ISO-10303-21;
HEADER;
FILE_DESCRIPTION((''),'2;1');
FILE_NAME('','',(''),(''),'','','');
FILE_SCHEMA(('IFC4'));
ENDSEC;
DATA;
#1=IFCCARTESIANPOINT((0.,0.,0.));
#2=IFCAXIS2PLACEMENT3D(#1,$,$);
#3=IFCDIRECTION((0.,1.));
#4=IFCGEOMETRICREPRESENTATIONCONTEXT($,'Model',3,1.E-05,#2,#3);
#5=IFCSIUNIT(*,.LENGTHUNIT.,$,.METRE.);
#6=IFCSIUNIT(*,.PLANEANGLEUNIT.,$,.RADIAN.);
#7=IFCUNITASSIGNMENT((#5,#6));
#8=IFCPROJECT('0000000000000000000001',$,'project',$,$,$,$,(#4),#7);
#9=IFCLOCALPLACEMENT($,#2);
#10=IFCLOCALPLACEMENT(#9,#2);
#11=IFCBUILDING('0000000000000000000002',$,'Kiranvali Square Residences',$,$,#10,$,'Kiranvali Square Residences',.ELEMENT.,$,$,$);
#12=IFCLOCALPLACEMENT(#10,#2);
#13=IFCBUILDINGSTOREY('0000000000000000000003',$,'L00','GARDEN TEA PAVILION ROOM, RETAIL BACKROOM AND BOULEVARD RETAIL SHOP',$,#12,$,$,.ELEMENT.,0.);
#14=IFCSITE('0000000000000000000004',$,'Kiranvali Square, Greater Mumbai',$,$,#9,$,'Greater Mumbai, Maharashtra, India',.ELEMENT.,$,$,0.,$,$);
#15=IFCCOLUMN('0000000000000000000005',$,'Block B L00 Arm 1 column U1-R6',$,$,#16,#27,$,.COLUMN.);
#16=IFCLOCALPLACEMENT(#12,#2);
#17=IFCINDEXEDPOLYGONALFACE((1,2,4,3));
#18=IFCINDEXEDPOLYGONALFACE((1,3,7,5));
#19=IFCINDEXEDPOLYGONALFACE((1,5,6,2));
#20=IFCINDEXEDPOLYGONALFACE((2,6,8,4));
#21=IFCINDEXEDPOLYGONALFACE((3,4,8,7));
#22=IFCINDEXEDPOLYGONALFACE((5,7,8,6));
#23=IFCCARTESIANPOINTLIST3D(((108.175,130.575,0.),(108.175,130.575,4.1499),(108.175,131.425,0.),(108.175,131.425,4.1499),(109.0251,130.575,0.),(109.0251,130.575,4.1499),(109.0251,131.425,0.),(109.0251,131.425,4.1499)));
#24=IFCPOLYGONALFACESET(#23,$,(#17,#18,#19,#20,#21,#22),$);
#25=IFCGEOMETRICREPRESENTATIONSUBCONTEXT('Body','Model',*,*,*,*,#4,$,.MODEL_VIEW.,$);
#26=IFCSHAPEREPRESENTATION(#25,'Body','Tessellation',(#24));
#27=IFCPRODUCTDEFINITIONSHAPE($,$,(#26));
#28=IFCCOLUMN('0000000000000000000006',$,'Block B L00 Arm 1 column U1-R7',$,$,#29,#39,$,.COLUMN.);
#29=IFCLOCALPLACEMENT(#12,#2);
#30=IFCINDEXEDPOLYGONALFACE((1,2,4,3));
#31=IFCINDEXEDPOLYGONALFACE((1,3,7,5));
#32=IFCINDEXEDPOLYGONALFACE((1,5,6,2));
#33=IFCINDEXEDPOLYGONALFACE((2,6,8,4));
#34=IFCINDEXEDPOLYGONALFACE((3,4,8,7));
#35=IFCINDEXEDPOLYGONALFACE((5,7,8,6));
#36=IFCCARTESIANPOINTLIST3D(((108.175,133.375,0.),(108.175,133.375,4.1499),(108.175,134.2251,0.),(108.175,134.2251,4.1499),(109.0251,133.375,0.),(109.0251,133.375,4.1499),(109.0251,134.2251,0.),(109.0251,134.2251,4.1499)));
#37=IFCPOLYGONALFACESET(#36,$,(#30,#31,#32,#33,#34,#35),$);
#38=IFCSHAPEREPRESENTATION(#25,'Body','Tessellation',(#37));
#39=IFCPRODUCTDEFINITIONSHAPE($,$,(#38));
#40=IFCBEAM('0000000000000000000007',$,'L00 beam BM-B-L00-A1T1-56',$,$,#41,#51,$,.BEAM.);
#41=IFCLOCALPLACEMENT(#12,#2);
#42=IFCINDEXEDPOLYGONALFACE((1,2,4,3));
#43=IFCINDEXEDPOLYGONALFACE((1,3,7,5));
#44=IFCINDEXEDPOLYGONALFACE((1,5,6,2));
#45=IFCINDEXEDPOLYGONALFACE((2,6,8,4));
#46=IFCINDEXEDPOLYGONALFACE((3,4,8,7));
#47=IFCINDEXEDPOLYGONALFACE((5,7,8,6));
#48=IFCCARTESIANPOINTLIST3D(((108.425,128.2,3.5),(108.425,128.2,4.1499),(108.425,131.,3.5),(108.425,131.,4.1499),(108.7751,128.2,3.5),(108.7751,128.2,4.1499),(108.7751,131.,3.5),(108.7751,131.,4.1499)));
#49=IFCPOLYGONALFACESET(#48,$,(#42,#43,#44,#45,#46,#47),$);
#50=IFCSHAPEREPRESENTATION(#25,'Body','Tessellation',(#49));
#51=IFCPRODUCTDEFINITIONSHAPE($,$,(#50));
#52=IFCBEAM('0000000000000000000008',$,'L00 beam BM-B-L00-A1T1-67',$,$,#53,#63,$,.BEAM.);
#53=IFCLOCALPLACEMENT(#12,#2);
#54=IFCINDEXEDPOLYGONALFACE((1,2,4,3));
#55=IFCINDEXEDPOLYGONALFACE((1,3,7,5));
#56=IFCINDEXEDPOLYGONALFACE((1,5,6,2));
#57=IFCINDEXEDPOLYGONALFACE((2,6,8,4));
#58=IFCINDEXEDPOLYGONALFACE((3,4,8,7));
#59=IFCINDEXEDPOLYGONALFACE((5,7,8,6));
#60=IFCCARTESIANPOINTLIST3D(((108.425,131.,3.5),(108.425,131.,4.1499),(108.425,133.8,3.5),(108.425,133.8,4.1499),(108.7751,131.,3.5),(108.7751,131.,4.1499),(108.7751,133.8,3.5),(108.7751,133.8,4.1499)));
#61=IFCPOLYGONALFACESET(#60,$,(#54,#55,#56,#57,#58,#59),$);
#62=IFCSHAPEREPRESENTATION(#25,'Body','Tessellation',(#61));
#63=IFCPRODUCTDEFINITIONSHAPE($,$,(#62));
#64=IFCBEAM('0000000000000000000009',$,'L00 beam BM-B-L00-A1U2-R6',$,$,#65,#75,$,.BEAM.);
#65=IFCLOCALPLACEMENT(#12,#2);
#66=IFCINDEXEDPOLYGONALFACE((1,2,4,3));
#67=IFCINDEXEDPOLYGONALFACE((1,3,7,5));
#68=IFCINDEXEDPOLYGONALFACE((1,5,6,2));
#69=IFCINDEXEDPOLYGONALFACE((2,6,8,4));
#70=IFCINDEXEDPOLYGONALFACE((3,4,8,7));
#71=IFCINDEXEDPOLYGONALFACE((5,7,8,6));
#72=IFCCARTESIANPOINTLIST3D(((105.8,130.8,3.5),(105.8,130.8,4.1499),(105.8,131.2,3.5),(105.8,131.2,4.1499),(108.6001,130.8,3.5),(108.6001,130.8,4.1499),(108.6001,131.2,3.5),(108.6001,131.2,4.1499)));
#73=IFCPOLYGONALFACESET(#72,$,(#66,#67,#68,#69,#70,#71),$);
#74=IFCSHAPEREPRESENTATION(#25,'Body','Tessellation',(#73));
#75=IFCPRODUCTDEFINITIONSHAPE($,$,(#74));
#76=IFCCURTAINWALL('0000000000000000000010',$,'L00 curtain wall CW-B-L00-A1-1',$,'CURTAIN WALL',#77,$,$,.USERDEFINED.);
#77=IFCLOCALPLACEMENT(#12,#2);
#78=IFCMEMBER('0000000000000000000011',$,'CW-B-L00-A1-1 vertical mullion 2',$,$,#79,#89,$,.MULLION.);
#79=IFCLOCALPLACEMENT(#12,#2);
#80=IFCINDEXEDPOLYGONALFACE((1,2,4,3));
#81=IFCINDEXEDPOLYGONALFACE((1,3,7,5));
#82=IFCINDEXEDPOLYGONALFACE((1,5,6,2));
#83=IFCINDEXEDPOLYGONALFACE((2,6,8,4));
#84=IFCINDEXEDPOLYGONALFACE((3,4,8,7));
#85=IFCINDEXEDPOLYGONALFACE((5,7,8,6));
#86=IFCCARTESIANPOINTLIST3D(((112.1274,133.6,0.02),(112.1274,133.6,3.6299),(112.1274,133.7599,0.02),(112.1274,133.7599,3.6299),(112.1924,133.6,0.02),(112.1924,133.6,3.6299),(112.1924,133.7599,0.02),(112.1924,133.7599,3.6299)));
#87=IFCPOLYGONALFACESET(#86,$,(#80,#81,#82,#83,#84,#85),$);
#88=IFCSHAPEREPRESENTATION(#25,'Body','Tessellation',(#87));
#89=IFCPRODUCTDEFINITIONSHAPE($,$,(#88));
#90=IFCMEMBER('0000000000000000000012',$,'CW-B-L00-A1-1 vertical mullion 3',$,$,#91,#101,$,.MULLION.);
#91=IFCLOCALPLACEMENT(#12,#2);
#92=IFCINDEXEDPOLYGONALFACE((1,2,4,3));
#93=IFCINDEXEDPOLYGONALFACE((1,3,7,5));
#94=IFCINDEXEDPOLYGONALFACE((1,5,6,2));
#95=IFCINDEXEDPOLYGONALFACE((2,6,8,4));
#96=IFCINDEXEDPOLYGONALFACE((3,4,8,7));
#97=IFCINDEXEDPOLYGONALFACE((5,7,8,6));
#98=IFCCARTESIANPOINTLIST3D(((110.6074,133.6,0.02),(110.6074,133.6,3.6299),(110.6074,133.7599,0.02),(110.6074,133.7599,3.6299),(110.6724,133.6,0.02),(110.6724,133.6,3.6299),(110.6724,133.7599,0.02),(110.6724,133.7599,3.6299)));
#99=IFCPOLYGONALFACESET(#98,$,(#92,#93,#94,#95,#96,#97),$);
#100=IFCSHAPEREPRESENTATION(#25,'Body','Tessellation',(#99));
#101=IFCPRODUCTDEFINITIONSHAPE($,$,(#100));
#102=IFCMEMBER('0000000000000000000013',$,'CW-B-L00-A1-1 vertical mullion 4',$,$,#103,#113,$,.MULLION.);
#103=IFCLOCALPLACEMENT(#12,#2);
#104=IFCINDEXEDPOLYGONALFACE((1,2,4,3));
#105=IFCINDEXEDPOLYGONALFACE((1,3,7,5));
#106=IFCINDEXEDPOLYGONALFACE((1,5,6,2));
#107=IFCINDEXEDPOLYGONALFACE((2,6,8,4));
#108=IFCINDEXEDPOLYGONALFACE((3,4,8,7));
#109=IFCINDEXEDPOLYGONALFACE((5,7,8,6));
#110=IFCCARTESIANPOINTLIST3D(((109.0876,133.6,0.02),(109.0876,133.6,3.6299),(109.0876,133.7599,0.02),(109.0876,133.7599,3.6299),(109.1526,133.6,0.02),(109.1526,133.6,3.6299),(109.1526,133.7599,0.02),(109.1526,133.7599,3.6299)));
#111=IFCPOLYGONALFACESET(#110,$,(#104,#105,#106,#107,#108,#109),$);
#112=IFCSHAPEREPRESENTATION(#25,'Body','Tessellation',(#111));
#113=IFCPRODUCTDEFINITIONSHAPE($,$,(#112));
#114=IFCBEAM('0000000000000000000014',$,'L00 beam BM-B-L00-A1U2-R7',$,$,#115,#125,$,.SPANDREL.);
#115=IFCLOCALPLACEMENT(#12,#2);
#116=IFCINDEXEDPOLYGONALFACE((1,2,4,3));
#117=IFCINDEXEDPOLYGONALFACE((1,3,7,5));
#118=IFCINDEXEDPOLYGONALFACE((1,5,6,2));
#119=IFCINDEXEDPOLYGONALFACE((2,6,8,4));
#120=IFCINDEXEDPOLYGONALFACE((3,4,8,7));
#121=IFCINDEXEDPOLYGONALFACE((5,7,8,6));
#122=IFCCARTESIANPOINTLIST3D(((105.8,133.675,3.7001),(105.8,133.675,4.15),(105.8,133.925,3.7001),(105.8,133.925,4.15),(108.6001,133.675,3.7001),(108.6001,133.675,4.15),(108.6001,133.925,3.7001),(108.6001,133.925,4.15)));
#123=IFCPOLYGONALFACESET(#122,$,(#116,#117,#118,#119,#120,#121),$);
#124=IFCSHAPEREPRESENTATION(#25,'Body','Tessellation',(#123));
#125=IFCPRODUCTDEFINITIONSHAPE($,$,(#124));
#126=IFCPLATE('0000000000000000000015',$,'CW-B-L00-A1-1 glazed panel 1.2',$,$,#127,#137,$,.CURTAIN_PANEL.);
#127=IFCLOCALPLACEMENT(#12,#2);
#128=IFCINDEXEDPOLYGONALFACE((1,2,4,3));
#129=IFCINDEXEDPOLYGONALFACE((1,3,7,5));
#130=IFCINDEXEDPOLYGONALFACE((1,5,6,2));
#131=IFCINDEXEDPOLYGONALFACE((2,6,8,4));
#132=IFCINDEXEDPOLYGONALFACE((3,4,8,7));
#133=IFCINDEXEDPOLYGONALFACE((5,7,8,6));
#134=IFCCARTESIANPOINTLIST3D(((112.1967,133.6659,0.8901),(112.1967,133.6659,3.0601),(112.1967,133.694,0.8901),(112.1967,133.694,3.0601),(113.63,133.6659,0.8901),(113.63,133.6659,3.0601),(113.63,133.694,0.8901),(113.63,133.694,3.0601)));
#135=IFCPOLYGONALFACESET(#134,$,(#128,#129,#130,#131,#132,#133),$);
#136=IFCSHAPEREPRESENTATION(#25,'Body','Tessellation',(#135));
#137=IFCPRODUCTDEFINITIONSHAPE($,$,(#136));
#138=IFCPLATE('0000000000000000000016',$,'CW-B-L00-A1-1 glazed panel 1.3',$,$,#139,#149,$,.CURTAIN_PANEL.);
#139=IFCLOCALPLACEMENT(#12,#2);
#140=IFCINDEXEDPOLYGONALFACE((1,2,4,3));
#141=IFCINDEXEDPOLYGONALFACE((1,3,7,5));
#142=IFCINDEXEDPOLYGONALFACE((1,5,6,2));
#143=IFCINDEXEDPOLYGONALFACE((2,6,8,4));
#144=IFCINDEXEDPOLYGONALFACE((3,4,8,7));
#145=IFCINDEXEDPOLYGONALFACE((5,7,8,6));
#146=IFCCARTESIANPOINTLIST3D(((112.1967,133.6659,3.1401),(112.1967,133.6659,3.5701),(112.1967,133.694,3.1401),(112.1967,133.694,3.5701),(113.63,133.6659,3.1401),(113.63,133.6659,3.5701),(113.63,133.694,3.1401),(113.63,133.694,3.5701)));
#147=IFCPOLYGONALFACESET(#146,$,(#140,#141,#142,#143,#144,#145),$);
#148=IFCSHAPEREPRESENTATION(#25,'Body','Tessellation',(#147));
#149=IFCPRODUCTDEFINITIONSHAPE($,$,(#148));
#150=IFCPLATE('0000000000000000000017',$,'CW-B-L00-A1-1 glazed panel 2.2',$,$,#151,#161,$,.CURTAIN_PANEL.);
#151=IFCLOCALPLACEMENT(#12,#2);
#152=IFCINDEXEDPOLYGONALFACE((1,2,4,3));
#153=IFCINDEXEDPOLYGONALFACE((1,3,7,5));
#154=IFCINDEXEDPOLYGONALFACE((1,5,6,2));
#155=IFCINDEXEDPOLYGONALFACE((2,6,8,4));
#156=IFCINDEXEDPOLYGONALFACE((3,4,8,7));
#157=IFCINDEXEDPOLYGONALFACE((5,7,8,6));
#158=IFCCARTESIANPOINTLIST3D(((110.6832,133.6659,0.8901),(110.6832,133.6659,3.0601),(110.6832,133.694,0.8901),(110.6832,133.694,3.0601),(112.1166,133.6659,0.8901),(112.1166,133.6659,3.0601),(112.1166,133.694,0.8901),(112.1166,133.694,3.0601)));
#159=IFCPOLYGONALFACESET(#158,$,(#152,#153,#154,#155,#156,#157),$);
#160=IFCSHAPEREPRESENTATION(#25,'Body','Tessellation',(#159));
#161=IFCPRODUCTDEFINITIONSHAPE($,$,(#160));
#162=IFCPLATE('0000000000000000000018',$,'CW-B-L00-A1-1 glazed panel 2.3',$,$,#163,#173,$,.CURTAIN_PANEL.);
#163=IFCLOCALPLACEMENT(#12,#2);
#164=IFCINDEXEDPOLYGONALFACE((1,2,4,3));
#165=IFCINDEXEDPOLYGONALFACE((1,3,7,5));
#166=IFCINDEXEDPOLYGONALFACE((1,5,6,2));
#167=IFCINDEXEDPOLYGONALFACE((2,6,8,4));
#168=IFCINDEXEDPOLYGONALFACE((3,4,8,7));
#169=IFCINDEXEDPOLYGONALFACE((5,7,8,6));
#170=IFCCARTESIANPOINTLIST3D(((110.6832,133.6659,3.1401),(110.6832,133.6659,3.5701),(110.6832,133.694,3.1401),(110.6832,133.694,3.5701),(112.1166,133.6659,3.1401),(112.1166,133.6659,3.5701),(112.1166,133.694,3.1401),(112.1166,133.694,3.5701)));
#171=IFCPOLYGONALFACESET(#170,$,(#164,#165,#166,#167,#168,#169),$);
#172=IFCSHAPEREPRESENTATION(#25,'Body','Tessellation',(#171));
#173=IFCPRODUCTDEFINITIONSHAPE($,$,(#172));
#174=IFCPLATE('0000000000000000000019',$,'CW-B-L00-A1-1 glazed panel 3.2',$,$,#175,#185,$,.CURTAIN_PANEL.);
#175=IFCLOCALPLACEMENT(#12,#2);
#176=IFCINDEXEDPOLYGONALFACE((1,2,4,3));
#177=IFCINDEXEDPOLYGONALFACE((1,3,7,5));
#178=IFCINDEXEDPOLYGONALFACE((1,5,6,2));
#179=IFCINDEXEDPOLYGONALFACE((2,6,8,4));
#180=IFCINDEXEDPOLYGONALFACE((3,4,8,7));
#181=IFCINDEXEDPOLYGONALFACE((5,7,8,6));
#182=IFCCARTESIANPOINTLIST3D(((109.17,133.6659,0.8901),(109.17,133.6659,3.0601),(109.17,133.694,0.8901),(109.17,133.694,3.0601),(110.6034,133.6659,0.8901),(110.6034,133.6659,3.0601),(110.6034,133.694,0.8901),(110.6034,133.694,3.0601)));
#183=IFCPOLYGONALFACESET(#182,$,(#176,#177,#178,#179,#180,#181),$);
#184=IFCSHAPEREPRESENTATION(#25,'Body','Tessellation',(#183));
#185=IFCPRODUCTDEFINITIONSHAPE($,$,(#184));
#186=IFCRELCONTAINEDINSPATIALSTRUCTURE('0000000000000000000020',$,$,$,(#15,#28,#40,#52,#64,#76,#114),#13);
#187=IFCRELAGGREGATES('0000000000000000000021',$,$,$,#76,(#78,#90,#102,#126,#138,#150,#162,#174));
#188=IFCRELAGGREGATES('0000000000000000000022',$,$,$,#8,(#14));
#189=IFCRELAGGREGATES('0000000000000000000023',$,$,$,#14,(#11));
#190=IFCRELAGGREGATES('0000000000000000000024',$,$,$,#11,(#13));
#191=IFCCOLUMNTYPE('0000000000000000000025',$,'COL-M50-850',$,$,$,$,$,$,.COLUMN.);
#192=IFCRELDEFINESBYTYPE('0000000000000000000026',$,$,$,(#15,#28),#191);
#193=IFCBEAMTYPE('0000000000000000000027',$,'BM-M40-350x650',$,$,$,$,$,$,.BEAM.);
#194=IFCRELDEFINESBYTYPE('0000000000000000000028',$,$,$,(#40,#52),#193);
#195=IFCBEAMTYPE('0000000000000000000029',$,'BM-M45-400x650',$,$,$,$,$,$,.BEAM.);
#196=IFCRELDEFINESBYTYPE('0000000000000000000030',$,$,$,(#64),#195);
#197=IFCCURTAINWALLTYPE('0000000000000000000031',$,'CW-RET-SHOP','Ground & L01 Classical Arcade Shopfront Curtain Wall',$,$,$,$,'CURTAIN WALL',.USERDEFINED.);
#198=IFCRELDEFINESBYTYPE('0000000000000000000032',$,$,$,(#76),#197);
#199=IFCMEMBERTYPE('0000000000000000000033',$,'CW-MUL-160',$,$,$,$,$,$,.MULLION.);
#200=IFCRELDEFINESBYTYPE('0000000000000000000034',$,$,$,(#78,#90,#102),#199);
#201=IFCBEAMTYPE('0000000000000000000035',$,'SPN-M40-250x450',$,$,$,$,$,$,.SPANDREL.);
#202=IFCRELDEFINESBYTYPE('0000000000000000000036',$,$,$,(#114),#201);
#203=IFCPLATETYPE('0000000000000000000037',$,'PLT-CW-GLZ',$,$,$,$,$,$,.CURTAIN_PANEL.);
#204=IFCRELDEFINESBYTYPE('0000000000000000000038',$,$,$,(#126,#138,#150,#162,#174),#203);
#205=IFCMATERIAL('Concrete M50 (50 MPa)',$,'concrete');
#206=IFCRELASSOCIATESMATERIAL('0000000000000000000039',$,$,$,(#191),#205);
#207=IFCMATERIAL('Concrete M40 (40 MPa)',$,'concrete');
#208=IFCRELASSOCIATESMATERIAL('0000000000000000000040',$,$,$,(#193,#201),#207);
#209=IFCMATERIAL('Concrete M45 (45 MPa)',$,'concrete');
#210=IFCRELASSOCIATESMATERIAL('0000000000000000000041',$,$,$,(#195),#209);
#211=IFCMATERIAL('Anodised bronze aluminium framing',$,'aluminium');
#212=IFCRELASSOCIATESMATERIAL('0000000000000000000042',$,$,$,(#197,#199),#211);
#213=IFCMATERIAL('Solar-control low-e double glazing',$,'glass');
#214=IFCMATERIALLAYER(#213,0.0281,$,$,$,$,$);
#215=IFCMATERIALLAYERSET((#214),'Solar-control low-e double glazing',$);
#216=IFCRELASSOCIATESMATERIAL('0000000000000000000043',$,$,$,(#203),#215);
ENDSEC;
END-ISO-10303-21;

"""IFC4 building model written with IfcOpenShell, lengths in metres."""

from ifc_helpers import new_model, si_unit, direction, frame, origin, origin_2d, place, context, subcontext, project, spatial, rectangle, extrude, material, layer, layer_set, material_profile, profile_set, type_object, element, aggregate, save


model = new_model("IFC4")

# Units and contexts
model_context = context("Model", 3, precision=1e-05, world=origin(), true_north=direction((0.0, 1.0)))
body_context = subcontext(model_context, "Body", "Model", "MODEL_VIEW")
ifc_project = project(units=[si_unit("LENGTHUNIT", "METRE"), si_unit("PLANEANGLEUNIT", "RADIAN")], contexts=[model_context])

# Site, building, storey
site_placement = place(None, origin())
site = spatial("IfcSite", under=ifc_project, at=site_placement, Name="Kiranvali Square, Greater Mumbai", LongName="Greater Mumbai, Maharashtra, India", CompositionType="ELEMENT", RefElevation=0.0)
building_placement = place(site_placement, origin())
building = spatial("IfcBuilding", under=site, at=building_placement, Name="Kiranvali Square Residences", LongName="Kiranvali Square Residences", CompositionType="ELEMENT")
storey_placement = place(building_placement, origin())
storey = spatial("IfcBuildingStorey", under=building, at=storey_placement, Name="L00", Description="GARDEN TEA PAVILION ROOM, RETAIL BACKROOM AND BOULEVARD RETAIL SHOP", CompositionType="ELEMENT", Elevation=0.0)

# Columns
ifc_material_1 = material(Name="Concrete M50 (50 MPa)", Category="concrete")
ifc_material_profile_1 = material_profile(ifc_material_1, rectangle(XDim=0.8501, YDim=0.8501, at=origin_2d()), Name="RC 850x850")
ifc_profile_set_1 = profile_set([ifc_material_profile_1], Name="Concrete M50 (50 MPa)")
column_type = type_object("IfcColumnType", Name="COL-M50-850", PredefinedType="COLUMN", material=ifc_profile_set_1)
for number, where, z_axis, x_axis, name in (
    (1, (108.6001, 131.0, 0.0), (0.0, 0.0, 1.0), (1.0, 0.0, 0.0), "Block B L00 Arm 1 column U1-R6"),
    (2, (108.6001, 133.8, 0.0), (0.0, 0.0, 1.0), (1.0, 0.0, 0.0), "Block B L00 Arm 1 column U1-R7"),
):
    element("IfcColumn", number, at=place(storey_placement, frame(where, z_axis=z_axis, x_axis=x_axis)), inside=storey, type_object=column_type, Name=name, PredefinedType="COLUMN", context=body_context, shape_type="SweptSolid", body=[
        extrude(rectangle(XDim=0.8501, YDim=0.8501, at=origin_2d()), origin(), (0.0, 0.0, 1.0), 4.1499),
    ])

# Beams
ifc_material_2 = material(Name="Concrete M40 (40 MPa)", Category="concrete")
ifc_material_profile_2 = material_profile(ifc_material_2, rectangle(XDim=0.3501, YDim=0.6499, at=origin_2d()), Name="RC 350x650")
ifc_profile_set_2 = profile_set([ifc_material_profile_2], Name="Concrete M40 (40 MPa)")
beam_type_1 = type_object("IfcBeamType", Name="BM-M40-350x650", PredefinedType="BEAM", material=ifc_profile_set_2)
for number, where, z_axis, x_axis, name in (
    (3, (108.6001, 128.2, 3.825), (0.0, 1.0, 0.0), (-1.0, 0.0, 0.0), "L00 beam BM-B-L00-A1T1-56"),
    (4, (108.6001, 131.0, 3.825), (0.0, 1.0, 0.0), (-1.0, 0.0, 0.0), "L00 beam BM-B-L00-A1T1-67"),
):
    element("IfcBeam", number, at=place(storey_placement, frame(where, z_axis=z_axis, x_axis=x_axis)), inside=storey, type_object=beam_type_1, Name=name, PredefinedType="BEAM", context=body_context, shape_type="SweptSolid", body=[
        extrude(rectangle(XDim=0.3501, YDim=0.6499, at=origin_2d()), origin(), (0.0, 0.0, 1.0), 2.8),
    ])
ifc_material_3 = material(Name="Concrete M45 (45 MPa)", Category="concrete")
ifc_material_profile_3 = material_profile(ifc_material_3, rectangle(XDim=0.3999, YDim=0.6499, at=origin_2d()), Name="RC 400x650")
ifc_profile_set_3 = profile_set([ifc_material_profile_3], Name="Concrete M45 (45 MPa)")
beam_type_2 = type_object("IfcBeamType", Name="BM-M45-400x650", PredefinedType="BEAM", material=ifc_profile_set_3)
beam_1_placement = place(storey_placement, frame((108.6001, 131.0, 3.825), z_axis=(-1.0, 0.0, 0.0), x_axis=(0.0, -1.0, 0.0)))
element("IfcBeam", 5, at=beam_1_placement, inside=storey, type_object=beam_type_2, Name="L00 beam BM-B-L00-A1U2-R6", PredefinedType="BEAM", context=body_context, shape_type="SweptSolid", body=[
    extrude(rectangle(XDim=0.3999, YDim=0.6499, at=origin_2d()), origin(), (0.0, 0.0, 1.0), 2.8),
])

# Curtain wall, members
ifc_material_4 = material(Name="Anodised bronze aluminium framing", Category="aluminium")
curtain_wall_type = type_object("IfcCurtainWallType", Name="CW-RET-SHOP", Description="Ground & L01 Classical Arcade Shopfront Curtain Wall", ElementType="CURTAIN WALL", PredefinedType="USERDEFINED", material=ifc_material_4)
curtain_wall_placement = place(storey_placement, origin())
curtain_wall = element("IfcCurtainWall", 6, at=curtain_wall_placement, inside=storey, type_object=curtain_wall_type, Name="L00 curtain wall CW-B-L00-A1-1", ObjectType="CURTAIN WALL", PredefinedType="USERDEFINED")
ifc_material_profile_4 = material_profile(ifc_material_4, rectangle(XDim=0.0649, YDim=0.1599, at=origin_2d()), Name="ALU 65x160")
ifc_profile_set_4 = profile_set([ifc_material_profile_4], Name="Anodised bronze aluminium framing")
member_type = type_object("IfcMemberType", Name="CW-MUL-160", PredefinedType="MULLION", material=ifc_profile_set_4)
member_1_placement = place(storey_placement, frame((112.1599, 133.6799, 0.02), z_axis=(0.0, 0.0, 1.0), x_axis=(-1.0, 0.0, 0.0)))
member_1 = element("IfcMember", 7, at=member_1_placement, type_object=member_type, Name="CW-B-L00-A1-1 vertical mullion 2", PredefinedType="MULLION", context=body_context, shape_type="SweptSolid", body=[
    extrude(rectangle(XDim=0.0649, YDim=0.1599, at=origin_2d()), origin(), (0.0, 0.0, 1.0), 3.6099),
])
member_2_placement = place(storey_placement, frame((110.6399, 133.6799, 0.02), z_axis=(0.0, 0.0, 1.0), x_axis=(-1.0, 0.0, 0.0)))
member_2 = element("IfcMember", 8, at=member_2_placement, type_object=member_type, Name="CW-B-L00-A1-1 vertical mullion 3", PredefinedType="MULLION", context=body_context, shape_type="SweptSolid", body=[
    extrude(rectangle(XDim=0.0649, YDim=0.1599, at=origin_2d()), origin(), (0.0, 0.0, 1.0), 3.6099),
])
member_3_placement = place(storey_placement, frame((109.1201, 133.6799, 0.02), z_axis=(0.0, 0.0, 1.0), x_axis=(-1.0, 0.0, 0.0)))
member_3 = element("IfcMember", 9, at=member_3_placement, type_object=member_type, Name="CW-B-L00-A1-1 vertical mullion 4", PredefinedType="MULLION", context=body_context, shape_type="SweptSolid", body=[
    extrude(rectangle(XDim=0.0649, YDim=0.1599, at=origin_2d()), origin(), (0.0, 0.0, 1.0), 3.6099),
])

# Beam
ifc_material_profile_5 = material_profile(ifc_material_2, rectangle(XDim=0.25, YDim=0.45, at=origin_2d()), Name="RC 250x450")
ifc_profile_set_5 = profile_set([ifc_material_profile_5], Name="Concrete M40 (40 MPa)")
beam_type_3 = type_object("IfcBeamType", Name="SPN-M40-250x450", PredefinedType="SPANDREL", material=ifc_profile_set_5)
beam_2_placement = place(storey_placement, frame((108.6001, 133.8, 3.925), z_axis=(-1.0, 0.0, 0.0), x_axis=(0.0, -1.0, 0.0)))
element("IfcBeam", 10, at=beam_2_placement, inside=storey, type_object=beam_type_3, Name="L00 beam BM-B-L00-A1U2-R7", PredefinedType="SPANDREL", context=body_context, shape_type="SweptSolid", body=[
    extrude(rectangle(XDim=0.25, YDim=0.45, at=origin_2d()), origin(), (0.0, 0.0, 1.0), 2.8),
])

# Plates
ifc_material_5 = material(Name="Solar-control low-e double glazing", Category="glass")
ifc_layer_1 = layer(ifc_material_5, 0.0281)
ifc_layer_set_1 = layer_set([ifc_layer_1], Name="Solar-control low-e double glazing")
plate_type_1 = type_object("IfcPlateType", Name="PLT-CW-GLZ", PredefinedType="CURTAIN_PANEL", material=ifc_layer_set_1)
plate_1_placement = place(storey_placement, frame((112.9133, 133.6799, 0.8901), z_axis=(0.0, 0.0, 1.0), x_axis=(-1.0, 0.0, 0.0)))
plate_1 = element("IfcPlate", 11, at=plate_1_placement, type_object=plate_type_1, Name="CW-B-L00-A1-1 glazed panel 1.2", PredefinedType="CURTAIN_PANEL", context=body_context, shape_type="SweptSolid", body=[
    extrude(rectangle(XDim=1.4333, YDim=0.0281, at=origin_2d()), origin(), (0.0, 0.0, 1.0), 2.1699),
])
plate_2_placement = place(storey_placement, frame((112.9133, 133.6799, 3.1401), z_axis=(0.0, 0.0, 1.0), x_axis=(-1.0, 0.0, 0.0)))
plate_2 = element("IfcPlate", 12, at=plate_2_placement, type_object=plate_type_1, Name="CW-B-L00-A1-1 glazed panel 1.3", PredefinedType="CURTAIN_PANEL", context=body_context, shape_type="SweptSolid", body=[
    extrude(rectangle(XDim=1.4333, YDim=0.0281, at=origin_2d()), origin(), (0.0, 0.0, 1.0), 0.4299),
])
plate_3_placement = place(storey_placement, frame((111.3999, 133.6799, 0.8901), z_axis=(0.0, 0.0, 1.0), x_axis=(-1.0, 0.0, 0.0)))
plate_3 = element("IfcPlate", 13, at=plate_3_placement, type_object=plate_type_1, Name="CW-B-L00-A1-1 glazed panel 2.2", PredefinedType="CURTAIN_PANEL", context=body_context, shape_type="SweptSolid", body=[
    extrude(rectangle(XDim=1.4333, YDim=0.0281, at=origin_2d()), origin(), (0.0, 0.0, 1.0), 2.1699),
])
plate_4_placement = place(storey_placement, frame((111.3999, 133.6799, 3.1401), z_axis=(0.0, 0.0, 1.0), x_axis=(-1.0, 0.0, 0.0)))
plate_4 = element("IfcPlate", 14, at=plate_4_placement, type_object=plate_type_1, Name="CW-B-L00-A1-1 glazed panel 2.3", PredefinedType="CURTAIN_PANEL", context=body_context, shape_type="SweptSolid", body=[
    extrude(rectangle(XDim=1.4333, YDim=0.0281, at=origin_2d()), origin(), (0.0, 0.0, 1.0), 0.4299),
])
plate_5_placement = place(storey_placement, frame((109.8867, 133.6799, 0.8901), z_axis=(0.0, 0.0, 1.0), x_axis=(-1.0, 0.0, 0.0)))
plate_5 = element("IfcPlate", 15, at=plate_5_placement, type_object=plate_type_1, Name="CW-B-L00-A1-1 glazed panel 3.2", PredefinedType="CURTAIN_PANEL", context=body_context, shape_type="SweptSolid", body=[
    extrude(rectangle(XDim=1.4333, YDim=0.0281, at=origin_2d()), origin(), (0.0, 0.0, 1.0), 2.1699),
])
aggregate(curtain_wall, [member_1, member_2, member_3, plate_1, plate_2, plate_3, plate_4, plate_5])

save(model, "model.ifc")
